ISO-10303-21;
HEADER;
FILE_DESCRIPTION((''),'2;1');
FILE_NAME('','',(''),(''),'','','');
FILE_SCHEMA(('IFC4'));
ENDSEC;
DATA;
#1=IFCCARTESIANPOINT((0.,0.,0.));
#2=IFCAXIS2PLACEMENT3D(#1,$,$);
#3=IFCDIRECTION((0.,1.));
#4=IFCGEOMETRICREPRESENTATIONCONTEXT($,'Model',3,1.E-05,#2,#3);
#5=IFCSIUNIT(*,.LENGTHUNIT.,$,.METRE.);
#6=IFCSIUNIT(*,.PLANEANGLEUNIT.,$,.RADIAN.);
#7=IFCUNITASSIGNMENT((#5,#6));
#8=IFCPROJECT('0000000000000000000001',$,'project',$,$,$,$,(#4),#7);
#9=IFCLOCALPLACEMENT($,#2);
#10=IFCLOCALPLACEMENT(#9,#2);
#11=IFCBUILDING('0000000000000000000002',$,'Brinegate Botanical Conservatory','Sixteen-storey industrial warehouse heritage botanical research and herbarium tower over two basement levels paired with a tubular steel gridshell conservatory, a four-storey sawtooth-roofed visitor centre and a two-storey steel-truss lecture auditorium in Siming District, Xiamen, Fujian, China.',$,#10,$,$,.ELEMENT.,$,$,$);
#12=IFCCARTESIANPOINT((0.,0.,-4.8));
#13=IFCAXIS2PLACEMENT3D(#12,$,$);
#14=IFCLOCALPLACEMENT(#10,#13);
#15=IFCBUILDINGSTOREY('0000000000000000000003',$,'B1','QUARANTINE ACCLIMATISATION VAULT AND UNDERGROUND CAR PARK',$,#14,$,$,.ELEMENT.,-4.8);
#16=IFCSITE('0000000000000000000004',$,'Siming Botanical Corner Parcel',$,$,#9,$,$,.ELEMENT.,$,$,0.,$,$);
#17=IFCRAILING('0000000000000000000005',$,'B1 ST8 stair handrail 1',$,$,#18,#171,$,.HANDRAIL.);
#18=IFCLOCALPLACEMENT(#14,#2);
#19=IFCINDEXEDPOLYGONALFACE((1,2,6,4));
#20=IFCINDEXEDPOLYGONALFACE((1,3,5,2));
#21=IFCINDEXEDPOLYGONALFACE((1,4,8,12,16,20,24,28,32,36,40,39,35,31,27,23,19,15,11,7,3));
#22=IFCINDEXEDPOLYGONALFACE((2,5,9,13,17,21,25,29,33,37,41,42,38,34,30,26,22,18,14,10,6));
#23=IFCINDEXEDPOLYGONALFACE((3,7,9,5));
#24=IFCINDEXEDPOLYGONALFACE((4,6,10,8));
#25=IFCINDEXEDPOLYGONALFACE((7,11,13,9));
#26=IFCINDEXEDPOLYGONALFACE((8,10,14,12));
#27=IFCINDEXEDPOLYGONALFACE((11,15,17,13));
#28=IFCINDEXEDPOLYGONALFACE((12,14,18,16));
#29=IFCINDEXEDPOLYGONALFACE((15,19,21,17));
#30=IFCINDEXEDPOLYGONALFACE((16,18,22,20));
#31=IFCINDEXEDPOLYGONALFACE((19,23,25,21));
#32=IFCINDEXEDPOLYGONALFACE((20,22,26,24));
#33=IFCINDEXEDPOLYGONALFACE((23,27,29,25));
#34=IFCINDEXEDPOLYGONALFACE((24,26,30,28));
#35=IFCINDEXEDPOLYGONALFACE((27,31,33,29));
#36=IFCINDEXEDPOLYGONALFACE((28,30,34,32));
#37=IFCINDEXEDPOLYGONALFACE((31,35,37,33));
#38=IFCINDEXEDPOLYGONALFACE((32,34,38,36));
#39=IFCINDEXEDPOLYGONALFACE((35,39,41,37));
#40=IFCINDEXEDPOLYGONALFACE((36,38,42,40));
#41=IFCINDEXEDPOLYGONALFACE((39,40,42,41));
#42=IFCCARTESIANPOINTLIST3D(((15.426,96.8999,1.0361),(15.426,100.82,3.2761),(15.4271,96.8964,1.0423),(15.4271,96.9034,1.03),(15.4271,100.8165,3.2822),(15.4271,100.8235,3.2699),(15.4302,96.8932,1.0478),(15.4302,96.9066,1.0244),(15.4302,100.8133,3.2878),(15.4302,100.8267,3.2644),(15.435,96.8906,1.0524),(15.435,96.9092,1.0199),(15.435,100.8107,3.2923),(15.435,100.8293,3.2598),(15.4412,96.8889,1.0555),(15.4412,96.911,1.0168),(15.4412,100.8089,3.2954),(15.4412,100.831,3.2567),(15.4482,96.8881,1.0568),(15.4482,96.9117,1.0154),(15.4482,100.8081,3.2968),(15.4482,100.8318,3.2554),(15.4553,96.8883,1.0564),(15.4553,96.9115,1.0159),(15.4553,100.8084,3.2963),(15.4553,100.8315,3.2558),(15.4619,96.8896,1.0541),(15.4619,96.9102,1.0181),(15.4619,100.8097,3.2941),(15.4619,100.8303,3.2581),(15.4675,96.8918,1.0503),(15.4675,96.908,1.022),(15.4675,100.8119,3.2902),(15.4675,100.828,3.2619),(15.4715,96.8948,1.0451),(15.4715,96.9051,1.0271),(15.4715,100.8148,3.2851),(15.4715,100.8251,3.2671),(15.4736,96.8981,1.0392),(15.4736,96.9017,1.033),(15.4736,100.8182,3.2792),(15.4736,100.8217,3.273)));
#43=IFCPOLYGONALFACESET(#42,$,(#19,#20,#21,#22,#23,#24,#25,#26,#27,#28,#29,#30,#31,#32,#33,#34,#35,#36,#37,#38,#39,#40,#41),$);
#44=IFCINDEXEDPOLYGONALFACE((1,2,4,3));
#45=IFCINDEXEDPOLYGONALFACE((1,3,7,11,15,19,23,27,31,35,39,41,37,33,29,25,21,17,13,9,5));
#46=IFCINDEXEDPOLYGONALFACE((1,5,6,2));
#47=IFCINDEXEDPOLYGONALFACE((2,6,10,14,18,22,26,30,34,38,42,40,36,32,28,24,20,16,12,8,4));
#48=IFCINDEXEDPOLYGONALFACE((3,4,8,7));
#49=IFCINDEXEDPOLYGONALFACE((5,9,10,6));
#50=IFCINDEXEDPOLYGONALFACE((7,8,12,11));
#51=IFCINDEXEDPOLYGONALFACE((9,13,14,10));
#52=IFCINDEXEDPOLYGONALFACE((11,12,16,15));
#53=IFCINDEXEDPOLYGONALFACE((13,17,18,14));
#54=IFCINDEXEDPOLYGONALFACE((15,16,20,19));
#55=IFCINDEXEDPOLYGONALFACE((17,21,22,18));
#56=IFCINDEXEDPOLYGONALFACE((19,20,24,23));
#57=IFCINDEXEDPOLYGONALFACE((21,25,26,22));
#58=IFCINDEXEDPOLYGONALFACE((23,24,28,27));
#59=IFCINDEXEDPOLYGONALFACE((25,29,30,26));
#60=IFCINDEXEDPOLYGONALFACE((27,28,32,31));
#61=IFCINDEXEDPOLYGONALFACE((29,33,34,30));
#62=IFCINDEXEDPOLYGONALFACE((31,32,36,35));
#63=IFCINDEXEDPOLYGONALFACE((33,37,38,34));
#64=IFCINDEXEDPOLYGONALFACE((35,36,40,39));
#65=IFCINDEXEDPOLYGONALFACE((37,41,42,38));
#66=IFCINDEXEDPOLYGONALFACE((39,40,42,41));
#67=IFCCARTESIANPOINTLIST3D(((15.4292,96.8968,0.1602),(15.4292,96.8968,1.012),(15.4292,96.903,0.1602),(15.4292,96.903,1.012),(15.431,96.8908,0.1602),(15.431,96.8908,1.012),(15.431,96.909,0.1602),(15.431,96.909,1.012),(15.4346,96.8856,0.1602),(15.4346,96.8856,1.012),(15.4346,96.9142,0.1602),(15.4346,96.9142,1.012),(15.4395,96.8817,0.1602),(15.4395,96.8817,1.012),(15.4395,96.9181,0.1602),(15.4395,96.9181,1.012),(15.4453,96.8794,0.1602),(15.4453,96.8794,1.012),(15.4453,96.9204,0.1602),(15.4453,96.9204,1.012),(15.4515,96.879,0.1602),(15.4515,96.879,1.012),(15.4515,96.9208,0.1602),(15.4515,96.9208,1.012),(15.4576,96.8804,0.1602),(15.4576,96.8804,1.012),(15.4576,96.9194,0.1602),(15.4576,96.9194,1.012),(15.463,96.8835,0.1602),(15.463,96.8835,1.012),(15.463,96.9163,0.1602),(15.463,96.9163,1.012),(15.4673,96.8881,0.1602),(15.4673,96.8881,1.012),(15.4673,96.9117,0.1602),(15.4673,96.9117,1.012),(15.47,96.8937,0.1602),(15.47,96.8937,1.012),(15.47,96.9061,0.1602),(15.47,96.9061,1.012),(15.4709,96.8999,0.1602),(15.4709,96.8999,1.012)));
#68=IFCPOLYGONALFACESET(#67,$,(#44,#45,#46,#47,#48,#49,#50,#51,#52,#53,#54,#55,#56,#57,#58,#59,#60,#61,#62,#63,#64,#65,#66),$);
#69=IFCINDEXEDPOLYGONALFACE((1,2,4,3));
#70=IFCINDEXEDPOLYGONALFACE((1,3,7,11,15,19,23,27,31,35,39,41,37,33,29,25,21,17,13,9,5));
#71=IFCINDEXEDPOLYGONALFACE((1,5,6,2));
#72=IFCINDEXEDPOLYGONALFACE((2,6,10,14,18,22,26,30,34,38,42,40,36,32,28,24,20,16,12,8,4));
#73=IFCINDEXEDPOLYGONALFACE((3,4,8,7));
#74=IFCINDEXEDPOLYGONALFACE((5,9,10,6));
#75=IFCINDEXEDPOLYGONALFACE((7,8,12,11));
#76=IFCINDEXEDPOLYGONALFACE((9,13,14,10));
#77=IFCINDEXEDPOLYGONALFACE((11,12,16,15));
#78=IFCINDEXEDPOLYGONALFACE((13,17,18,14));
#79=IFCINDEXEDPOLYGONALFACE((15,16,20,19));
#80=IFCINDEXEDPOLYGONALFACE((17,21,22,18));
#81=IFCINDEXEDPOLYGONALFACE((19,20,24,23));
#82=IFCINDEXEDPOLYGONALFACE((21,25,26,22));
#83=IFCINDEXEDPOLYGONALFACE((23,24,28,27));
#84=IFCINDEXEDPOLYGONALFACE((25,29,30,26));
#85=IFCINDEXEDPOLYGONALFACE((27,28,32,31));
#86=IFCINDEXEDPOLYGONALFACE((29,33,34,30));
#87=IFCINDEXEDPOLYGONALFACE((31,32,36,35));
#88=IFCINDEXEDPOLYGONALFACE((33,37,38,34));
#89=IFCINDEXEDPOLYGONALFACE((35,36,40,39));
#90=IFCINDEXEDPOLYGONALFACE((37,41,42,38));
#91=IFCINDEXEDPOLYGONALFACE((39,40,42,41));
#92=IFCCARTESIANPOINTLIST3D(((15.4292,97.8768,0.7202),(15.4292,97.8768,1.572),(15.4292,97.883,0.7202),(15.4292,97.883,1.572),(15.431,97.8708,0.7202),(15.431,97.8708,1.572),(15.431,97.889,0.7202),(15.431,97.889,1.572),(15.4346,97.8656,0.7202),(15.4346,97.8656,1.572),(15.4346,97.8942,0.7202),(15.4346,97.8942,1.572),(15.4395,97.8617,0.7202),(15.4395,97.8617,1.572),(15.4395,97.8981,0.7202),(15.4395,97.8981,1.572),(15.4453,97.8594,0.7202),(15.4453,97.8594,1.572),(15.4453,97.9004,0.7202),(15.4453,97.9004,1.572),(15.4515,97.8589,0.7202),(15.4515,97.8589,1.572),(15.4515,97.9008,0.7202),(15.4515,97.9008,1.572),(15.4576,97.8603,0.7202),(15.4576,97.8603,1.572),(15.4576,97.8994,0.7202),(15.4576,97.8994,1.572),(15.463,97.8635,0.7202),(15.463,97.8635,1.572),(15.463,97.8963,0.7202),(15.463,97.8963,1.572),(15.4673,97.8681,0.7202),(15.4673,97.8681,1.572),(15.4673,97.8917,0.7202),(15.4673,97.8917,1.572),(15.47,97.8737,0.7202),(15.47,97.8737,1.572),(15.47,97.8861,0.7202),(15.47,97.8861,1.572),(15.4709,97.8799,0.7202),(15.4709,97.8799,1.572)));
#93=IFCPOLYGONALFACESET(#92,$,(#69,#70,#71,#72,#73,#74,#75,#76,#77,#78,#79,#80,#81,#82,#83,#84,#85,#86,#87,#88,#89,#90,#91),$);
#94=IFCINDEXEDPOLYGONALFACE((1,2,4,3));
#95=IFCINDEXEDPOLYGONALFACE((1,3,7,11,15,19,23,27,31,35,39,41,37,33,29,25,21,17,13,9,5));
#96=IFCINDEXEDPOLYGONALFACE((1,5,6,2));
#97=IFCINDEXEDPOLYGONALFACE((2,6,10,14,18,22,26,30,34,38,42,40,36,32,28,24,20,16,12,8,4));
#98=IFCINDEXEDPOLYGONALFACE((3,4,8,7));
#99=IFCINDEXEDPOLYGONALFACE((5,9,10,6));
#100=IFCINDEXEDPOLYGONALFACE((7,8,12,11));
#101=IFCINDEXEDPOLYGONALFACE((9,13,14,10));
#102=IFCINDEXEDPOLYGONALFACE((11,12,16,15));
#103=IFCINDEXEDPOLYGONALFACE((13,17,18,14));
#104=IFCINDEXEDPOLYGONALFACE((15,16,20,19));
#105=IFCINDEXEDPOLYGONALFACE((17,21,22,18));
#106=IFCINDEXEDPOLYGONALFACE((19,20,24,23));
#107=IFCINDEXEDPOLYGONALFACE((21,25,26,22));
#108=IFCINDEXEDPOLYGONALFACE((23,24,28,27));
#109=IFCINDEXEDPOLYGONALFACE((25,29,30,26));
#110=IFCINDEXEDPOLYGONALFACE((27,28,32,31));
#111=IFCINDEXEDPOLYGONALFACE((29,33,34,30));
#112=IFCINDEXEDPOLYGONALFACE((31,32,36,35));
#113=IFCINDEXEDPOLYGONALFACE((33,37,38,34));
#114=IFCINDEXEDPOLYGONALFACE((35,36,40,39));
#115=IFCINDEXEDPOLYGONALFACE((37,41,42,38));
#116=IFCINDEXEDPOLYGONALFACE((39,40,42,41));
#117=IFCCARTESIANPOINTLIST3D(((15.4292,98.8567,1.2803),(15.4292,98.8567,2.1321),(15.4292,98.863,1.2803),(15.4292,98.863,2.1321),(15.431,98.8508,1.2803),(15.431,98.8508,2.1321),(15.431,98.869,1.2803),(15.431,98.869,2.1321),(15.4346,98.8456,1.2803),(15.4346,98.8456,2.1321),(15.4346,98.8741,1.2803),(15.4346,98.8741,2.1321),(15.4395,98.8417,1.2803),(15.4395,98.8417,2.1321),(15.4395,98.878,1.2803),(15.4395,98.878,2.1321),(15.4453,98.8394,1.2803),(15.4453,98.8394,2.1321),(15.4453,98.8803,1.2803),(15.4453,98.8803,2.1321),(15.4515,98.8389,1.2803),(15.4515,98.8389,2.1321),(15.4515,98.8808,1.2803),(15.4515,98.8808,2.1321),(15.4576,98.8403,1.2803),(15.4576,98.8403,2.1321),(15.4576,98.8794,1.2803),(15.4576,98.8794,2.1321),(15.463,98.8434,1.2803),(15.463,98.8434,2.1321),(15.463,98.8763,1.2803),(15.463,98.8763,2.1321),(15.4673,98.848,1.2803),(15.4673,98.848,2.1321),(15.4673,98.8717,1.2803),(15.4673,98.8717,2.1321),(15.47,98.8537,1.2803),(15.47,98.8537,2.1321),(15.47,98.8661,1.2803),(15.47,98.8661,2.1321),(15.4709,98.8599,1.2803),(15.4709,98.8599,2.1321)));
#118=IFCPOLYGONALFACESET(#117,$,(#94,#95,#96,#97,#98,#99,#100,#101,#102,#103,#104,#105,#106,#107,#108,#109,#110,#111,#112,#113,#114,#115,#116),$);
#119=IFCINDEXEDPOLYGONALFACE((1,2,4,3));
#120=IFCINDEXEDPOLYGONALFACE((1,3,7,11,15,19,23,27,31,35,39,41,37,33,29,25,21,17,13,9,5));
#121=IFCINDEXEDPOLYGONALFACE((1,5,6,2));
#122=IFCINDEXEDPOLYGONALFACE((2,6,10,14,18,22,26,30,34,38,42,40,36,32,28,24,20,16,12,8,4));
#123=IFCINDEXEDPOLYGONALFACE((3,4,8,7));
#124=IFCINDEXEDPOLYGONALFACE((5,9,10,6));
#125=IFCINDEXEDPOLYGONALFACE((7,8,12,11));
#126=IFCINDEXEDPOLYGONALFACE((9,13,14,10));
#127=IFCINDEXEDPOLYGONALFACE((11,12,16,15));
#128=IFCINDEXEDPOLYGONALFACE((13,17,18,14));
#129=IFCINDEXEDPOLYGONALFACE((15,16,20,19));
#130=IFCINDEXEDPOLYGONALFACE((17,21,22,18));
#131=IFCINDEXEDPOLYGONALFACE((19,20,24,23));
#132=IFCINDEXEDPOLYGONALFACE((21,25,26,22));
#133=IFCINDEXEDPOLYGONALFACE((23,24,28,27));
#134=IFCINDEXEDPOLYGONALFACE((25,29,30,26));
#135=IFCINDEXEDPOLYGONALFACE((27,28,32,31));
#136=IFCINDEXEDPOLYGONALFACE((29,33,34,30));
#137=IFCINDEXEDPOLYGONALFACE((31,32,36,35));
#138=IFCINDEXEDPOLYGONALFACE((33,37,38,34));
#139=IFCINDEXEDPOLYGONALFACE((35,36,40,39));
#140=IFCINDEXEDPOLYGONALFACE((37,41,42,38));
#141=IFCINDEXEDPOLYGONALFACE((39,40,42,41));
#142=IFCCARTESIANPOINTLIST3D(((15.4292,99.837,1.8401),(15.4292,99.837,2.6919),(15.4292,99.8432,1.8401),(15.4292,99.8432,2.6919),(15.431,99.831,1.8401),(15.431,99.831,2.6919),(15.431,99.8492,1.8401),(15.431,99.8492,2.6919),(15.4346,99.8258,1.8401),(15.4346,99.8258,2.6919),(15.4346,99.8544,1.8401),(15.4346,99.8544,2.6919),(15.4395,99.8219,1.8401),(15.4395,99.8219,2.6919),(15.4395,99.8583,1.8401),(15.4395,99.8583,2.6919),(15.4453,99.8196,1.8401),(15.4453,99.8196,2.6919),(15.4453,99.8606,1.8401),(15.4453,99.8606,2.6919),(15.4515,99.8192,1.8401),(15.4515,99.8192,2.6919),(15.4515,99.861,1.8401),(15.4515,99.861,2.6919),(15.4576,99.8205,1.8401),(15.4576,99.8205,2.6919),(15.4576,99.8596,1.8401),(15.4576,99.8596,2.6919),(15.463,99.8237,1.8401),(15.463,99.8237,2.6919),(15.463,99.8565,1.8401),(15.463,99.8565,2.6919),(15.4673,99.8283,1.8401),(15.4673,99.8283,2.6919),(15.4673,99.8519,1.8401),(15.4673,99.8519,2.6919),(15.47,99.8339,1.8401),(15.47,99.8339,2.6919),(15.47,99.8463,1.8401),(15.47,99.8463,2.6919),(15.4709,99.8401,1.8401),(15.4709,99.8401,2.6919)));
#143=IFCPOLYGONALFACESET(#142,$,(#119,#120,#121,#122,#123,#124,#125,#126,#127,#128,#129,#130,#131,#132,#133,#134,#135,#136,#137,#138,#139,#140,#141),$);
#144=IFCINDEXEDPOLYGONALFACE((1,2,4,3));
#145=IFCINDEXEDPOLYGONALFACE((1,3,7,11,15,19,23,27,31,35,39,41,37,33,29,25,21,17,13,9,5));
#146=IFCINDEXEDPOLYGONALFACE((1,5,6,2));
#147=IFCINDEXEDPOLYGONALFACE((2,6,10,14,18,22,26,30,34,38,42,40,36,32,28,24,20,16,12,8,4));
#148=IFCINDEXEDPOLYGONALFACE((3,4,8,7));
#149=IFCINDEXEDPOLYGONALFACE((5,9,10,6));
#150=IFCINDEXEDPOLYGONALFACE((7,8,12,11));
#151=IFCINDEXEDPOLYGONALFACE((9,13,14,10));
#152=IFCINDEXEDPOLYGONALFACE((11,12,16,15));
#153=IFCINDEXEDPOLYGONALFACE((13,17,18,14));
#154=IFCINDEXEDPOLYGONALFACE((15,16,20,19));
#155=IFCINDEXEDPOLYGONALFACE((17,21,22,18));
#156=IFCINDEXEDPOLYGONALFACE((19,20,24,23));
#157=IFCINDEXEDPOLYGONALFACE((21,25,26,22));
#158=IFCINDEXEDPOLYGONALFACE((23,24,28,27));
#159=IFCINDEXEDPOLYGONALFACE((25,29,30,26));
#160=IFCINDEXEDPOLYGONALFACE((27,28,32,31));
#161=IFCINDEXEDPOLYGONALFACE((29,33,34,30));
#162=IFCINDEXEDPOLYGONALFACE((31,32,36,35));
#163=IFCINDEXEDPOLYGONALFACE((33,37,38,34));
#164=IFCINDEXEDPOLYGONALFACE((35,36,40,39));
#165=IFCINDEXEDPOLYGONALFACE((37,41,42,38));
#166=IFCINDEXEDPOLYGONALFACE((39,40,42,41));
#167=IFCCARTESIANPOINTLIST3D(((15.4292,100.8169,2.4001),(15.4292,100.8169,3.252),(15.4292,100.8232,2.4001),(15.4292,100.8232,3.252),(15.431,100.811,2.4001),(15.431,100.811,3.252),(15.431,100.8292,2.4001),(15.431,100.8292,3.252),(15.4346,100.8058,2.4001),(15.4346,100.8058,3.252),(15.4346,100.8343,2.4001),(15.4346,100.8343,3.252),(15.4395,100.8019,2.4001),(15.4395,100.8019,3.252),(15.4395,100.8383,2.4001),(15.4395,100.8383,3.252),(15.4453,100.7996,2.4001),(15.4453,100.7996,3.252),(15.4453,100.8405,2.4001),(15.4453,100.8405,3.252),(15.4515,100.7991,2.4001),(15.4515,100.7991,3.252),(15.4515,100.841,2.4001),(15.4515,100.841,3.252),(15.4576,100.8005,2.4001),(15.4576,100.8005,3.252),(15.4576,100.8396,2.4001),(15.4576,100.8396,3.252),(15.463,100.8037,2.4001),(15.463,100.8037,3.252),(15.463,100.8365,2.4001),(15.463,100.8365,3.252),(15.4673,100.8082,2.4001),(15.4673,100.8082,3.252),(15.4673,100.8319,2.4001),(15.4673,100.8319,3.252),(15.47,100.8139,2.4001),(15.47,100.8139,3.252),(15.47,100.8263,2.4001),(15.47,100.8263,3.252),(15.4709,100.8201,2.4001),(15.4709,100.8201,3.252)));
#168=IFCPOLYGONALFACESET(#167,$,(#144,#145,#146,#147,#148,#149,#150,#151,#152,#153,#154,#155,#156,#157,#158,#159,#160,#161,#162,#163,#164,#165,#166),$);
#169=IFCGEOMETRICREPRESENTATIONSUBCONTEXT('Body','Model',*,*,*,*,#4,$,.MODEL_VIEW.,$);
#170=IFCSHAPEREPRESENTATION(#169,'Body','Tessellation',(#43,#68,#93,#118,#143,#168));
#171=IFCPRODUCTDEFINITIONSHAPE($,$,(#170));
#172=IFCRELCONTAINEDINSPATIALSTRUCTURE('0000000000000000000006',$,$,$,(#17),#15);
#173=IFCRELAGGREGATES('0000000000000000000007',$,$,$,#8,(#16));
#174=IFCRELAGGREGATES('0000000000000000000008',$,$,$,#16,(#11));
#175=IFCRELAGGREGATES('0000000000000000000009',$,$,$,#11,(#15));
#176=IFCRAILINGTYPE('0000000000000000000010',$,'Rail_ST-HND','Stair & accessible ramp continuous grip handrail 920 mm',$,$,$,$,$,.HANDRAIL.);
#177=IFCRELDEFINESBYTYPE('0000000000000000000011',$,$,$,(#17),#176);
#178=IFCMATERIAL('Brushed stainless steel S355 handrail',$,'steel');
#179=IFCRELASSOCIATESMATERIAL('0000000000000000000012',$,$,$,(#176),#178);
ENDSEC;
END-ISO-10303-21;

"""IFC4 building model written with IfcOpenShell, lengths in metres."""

from ifc_helpers import new_model, si_unit, direction, frame, origin, origin_2d, place, context, subcontext, project, spatial, circle, extrude, material, type_object, element, save


model = new_model("IFC4")

# Units and contexts
model_context = context("Model", 3, precision=1e-05, world=origin(), true_north=direction((0.0, 1.0)))
body_context = subcontext(model_context, "Body", "Model", "MODEL_VIEW")
ifc_project = project(units=[si_unit("LENGTHUNIT", "METRE"), si_unit("PLANEANGLEUNIT", "RADIAN")], contexts=[model_context])

# Site, building, storey
site_placement = place(None, origin())
site = spatial("IfcSite", under=ifc_project, at=site_placement, Name="Siming Botanical Corner Parcel", CompositionType="ELEMENT", RefElevation=0.0)
building_placement = place(site_placement, origin())
building = spatial("IfcBuilding", under=site, at=building_placement, Name="Brinegate Botanical Conservatory", Description="Sixteen-storey industrial warehouse heritage botanical research and herbarium tower over two basement levels paired with a tubular steel gridshell conservatory, a four-storey sawtooth-roofed visitor centre and a two-storey steel-truss lecture auditorium in Siming District, Xiamen, Fujian, China.", CompositionType="ELEMENT")
storey_placement = place(building_placement, frame((0.0, 0.0, -4.8)))
storey = spatial("IfcBuildingStorey", under=building, at=storey_placement, Name="B1", Description="QUARANTINE ACCLIMATISATION VAULT AND UNDERGROUND CAR PARK", CompositionType="ELEMENT", Elevation=-4.8)

# Railing
ifc_material_1 = material(Name="Brushed stainless steel S355 handrail", Category="steel")
railing_type_1 = type_object("IfcRailingType", Name="Rail_ST-HND", Description="Stair & accessible ramp continuous grip handrail 920 mm", PredefinedType="HANDRAIL", material=ifc_material_1)
railing_1_placement = place(storey_placement, frame((15.45, 96.8999, 0.1602)))
element("IfcRailing", 1, at=railing_1_placement, inside=storey, type_object=railing_type_1, Name="B1 ST8 stair handrail 1", PredefinedType="HANDRAIL", context=body_context, shape_type="SweptSolid", body=[
    extrude(circle(Radius=0.0239, at=origin_2d()), frame((0.0, 0.0, 0.876), z_axis=(0.0, 0.868253, 0.496121), x_axis=(-1.0, 0.0, 0.0)), (0.0, 0.0, 1.0), 4.5149),
    extrude(circle(Radius=0.021, at=origin_2d()), origin(), (0.0, 0.0, 1.0), 0.8518),
    extrude(circle(Radius=0.021, at=origin_2d()), frame((0.0, 0.98, 0.5601)), (0.0, 0.0, 1.0), 0.8518),
    extrude(circle(Radius=0.021, at=origin_2d()), frame((0.0, 1.96, 1.1201)), (0.0, 0.0, 1.0), 0.8518),
    extrude(circle(Radius=0.021, at=origin_2d()), frame((0.0, 2.9402, 1.6799)), (0.0, 0.0, 1.0), 0.8518),
    extrude(circle(Radius=0.021, at=origin_2d()), frame((0.0, 3.9202, 2.24)), (0.0, 0.0, 1.0), 0.8518),
])

save(model, "model.ifc")
